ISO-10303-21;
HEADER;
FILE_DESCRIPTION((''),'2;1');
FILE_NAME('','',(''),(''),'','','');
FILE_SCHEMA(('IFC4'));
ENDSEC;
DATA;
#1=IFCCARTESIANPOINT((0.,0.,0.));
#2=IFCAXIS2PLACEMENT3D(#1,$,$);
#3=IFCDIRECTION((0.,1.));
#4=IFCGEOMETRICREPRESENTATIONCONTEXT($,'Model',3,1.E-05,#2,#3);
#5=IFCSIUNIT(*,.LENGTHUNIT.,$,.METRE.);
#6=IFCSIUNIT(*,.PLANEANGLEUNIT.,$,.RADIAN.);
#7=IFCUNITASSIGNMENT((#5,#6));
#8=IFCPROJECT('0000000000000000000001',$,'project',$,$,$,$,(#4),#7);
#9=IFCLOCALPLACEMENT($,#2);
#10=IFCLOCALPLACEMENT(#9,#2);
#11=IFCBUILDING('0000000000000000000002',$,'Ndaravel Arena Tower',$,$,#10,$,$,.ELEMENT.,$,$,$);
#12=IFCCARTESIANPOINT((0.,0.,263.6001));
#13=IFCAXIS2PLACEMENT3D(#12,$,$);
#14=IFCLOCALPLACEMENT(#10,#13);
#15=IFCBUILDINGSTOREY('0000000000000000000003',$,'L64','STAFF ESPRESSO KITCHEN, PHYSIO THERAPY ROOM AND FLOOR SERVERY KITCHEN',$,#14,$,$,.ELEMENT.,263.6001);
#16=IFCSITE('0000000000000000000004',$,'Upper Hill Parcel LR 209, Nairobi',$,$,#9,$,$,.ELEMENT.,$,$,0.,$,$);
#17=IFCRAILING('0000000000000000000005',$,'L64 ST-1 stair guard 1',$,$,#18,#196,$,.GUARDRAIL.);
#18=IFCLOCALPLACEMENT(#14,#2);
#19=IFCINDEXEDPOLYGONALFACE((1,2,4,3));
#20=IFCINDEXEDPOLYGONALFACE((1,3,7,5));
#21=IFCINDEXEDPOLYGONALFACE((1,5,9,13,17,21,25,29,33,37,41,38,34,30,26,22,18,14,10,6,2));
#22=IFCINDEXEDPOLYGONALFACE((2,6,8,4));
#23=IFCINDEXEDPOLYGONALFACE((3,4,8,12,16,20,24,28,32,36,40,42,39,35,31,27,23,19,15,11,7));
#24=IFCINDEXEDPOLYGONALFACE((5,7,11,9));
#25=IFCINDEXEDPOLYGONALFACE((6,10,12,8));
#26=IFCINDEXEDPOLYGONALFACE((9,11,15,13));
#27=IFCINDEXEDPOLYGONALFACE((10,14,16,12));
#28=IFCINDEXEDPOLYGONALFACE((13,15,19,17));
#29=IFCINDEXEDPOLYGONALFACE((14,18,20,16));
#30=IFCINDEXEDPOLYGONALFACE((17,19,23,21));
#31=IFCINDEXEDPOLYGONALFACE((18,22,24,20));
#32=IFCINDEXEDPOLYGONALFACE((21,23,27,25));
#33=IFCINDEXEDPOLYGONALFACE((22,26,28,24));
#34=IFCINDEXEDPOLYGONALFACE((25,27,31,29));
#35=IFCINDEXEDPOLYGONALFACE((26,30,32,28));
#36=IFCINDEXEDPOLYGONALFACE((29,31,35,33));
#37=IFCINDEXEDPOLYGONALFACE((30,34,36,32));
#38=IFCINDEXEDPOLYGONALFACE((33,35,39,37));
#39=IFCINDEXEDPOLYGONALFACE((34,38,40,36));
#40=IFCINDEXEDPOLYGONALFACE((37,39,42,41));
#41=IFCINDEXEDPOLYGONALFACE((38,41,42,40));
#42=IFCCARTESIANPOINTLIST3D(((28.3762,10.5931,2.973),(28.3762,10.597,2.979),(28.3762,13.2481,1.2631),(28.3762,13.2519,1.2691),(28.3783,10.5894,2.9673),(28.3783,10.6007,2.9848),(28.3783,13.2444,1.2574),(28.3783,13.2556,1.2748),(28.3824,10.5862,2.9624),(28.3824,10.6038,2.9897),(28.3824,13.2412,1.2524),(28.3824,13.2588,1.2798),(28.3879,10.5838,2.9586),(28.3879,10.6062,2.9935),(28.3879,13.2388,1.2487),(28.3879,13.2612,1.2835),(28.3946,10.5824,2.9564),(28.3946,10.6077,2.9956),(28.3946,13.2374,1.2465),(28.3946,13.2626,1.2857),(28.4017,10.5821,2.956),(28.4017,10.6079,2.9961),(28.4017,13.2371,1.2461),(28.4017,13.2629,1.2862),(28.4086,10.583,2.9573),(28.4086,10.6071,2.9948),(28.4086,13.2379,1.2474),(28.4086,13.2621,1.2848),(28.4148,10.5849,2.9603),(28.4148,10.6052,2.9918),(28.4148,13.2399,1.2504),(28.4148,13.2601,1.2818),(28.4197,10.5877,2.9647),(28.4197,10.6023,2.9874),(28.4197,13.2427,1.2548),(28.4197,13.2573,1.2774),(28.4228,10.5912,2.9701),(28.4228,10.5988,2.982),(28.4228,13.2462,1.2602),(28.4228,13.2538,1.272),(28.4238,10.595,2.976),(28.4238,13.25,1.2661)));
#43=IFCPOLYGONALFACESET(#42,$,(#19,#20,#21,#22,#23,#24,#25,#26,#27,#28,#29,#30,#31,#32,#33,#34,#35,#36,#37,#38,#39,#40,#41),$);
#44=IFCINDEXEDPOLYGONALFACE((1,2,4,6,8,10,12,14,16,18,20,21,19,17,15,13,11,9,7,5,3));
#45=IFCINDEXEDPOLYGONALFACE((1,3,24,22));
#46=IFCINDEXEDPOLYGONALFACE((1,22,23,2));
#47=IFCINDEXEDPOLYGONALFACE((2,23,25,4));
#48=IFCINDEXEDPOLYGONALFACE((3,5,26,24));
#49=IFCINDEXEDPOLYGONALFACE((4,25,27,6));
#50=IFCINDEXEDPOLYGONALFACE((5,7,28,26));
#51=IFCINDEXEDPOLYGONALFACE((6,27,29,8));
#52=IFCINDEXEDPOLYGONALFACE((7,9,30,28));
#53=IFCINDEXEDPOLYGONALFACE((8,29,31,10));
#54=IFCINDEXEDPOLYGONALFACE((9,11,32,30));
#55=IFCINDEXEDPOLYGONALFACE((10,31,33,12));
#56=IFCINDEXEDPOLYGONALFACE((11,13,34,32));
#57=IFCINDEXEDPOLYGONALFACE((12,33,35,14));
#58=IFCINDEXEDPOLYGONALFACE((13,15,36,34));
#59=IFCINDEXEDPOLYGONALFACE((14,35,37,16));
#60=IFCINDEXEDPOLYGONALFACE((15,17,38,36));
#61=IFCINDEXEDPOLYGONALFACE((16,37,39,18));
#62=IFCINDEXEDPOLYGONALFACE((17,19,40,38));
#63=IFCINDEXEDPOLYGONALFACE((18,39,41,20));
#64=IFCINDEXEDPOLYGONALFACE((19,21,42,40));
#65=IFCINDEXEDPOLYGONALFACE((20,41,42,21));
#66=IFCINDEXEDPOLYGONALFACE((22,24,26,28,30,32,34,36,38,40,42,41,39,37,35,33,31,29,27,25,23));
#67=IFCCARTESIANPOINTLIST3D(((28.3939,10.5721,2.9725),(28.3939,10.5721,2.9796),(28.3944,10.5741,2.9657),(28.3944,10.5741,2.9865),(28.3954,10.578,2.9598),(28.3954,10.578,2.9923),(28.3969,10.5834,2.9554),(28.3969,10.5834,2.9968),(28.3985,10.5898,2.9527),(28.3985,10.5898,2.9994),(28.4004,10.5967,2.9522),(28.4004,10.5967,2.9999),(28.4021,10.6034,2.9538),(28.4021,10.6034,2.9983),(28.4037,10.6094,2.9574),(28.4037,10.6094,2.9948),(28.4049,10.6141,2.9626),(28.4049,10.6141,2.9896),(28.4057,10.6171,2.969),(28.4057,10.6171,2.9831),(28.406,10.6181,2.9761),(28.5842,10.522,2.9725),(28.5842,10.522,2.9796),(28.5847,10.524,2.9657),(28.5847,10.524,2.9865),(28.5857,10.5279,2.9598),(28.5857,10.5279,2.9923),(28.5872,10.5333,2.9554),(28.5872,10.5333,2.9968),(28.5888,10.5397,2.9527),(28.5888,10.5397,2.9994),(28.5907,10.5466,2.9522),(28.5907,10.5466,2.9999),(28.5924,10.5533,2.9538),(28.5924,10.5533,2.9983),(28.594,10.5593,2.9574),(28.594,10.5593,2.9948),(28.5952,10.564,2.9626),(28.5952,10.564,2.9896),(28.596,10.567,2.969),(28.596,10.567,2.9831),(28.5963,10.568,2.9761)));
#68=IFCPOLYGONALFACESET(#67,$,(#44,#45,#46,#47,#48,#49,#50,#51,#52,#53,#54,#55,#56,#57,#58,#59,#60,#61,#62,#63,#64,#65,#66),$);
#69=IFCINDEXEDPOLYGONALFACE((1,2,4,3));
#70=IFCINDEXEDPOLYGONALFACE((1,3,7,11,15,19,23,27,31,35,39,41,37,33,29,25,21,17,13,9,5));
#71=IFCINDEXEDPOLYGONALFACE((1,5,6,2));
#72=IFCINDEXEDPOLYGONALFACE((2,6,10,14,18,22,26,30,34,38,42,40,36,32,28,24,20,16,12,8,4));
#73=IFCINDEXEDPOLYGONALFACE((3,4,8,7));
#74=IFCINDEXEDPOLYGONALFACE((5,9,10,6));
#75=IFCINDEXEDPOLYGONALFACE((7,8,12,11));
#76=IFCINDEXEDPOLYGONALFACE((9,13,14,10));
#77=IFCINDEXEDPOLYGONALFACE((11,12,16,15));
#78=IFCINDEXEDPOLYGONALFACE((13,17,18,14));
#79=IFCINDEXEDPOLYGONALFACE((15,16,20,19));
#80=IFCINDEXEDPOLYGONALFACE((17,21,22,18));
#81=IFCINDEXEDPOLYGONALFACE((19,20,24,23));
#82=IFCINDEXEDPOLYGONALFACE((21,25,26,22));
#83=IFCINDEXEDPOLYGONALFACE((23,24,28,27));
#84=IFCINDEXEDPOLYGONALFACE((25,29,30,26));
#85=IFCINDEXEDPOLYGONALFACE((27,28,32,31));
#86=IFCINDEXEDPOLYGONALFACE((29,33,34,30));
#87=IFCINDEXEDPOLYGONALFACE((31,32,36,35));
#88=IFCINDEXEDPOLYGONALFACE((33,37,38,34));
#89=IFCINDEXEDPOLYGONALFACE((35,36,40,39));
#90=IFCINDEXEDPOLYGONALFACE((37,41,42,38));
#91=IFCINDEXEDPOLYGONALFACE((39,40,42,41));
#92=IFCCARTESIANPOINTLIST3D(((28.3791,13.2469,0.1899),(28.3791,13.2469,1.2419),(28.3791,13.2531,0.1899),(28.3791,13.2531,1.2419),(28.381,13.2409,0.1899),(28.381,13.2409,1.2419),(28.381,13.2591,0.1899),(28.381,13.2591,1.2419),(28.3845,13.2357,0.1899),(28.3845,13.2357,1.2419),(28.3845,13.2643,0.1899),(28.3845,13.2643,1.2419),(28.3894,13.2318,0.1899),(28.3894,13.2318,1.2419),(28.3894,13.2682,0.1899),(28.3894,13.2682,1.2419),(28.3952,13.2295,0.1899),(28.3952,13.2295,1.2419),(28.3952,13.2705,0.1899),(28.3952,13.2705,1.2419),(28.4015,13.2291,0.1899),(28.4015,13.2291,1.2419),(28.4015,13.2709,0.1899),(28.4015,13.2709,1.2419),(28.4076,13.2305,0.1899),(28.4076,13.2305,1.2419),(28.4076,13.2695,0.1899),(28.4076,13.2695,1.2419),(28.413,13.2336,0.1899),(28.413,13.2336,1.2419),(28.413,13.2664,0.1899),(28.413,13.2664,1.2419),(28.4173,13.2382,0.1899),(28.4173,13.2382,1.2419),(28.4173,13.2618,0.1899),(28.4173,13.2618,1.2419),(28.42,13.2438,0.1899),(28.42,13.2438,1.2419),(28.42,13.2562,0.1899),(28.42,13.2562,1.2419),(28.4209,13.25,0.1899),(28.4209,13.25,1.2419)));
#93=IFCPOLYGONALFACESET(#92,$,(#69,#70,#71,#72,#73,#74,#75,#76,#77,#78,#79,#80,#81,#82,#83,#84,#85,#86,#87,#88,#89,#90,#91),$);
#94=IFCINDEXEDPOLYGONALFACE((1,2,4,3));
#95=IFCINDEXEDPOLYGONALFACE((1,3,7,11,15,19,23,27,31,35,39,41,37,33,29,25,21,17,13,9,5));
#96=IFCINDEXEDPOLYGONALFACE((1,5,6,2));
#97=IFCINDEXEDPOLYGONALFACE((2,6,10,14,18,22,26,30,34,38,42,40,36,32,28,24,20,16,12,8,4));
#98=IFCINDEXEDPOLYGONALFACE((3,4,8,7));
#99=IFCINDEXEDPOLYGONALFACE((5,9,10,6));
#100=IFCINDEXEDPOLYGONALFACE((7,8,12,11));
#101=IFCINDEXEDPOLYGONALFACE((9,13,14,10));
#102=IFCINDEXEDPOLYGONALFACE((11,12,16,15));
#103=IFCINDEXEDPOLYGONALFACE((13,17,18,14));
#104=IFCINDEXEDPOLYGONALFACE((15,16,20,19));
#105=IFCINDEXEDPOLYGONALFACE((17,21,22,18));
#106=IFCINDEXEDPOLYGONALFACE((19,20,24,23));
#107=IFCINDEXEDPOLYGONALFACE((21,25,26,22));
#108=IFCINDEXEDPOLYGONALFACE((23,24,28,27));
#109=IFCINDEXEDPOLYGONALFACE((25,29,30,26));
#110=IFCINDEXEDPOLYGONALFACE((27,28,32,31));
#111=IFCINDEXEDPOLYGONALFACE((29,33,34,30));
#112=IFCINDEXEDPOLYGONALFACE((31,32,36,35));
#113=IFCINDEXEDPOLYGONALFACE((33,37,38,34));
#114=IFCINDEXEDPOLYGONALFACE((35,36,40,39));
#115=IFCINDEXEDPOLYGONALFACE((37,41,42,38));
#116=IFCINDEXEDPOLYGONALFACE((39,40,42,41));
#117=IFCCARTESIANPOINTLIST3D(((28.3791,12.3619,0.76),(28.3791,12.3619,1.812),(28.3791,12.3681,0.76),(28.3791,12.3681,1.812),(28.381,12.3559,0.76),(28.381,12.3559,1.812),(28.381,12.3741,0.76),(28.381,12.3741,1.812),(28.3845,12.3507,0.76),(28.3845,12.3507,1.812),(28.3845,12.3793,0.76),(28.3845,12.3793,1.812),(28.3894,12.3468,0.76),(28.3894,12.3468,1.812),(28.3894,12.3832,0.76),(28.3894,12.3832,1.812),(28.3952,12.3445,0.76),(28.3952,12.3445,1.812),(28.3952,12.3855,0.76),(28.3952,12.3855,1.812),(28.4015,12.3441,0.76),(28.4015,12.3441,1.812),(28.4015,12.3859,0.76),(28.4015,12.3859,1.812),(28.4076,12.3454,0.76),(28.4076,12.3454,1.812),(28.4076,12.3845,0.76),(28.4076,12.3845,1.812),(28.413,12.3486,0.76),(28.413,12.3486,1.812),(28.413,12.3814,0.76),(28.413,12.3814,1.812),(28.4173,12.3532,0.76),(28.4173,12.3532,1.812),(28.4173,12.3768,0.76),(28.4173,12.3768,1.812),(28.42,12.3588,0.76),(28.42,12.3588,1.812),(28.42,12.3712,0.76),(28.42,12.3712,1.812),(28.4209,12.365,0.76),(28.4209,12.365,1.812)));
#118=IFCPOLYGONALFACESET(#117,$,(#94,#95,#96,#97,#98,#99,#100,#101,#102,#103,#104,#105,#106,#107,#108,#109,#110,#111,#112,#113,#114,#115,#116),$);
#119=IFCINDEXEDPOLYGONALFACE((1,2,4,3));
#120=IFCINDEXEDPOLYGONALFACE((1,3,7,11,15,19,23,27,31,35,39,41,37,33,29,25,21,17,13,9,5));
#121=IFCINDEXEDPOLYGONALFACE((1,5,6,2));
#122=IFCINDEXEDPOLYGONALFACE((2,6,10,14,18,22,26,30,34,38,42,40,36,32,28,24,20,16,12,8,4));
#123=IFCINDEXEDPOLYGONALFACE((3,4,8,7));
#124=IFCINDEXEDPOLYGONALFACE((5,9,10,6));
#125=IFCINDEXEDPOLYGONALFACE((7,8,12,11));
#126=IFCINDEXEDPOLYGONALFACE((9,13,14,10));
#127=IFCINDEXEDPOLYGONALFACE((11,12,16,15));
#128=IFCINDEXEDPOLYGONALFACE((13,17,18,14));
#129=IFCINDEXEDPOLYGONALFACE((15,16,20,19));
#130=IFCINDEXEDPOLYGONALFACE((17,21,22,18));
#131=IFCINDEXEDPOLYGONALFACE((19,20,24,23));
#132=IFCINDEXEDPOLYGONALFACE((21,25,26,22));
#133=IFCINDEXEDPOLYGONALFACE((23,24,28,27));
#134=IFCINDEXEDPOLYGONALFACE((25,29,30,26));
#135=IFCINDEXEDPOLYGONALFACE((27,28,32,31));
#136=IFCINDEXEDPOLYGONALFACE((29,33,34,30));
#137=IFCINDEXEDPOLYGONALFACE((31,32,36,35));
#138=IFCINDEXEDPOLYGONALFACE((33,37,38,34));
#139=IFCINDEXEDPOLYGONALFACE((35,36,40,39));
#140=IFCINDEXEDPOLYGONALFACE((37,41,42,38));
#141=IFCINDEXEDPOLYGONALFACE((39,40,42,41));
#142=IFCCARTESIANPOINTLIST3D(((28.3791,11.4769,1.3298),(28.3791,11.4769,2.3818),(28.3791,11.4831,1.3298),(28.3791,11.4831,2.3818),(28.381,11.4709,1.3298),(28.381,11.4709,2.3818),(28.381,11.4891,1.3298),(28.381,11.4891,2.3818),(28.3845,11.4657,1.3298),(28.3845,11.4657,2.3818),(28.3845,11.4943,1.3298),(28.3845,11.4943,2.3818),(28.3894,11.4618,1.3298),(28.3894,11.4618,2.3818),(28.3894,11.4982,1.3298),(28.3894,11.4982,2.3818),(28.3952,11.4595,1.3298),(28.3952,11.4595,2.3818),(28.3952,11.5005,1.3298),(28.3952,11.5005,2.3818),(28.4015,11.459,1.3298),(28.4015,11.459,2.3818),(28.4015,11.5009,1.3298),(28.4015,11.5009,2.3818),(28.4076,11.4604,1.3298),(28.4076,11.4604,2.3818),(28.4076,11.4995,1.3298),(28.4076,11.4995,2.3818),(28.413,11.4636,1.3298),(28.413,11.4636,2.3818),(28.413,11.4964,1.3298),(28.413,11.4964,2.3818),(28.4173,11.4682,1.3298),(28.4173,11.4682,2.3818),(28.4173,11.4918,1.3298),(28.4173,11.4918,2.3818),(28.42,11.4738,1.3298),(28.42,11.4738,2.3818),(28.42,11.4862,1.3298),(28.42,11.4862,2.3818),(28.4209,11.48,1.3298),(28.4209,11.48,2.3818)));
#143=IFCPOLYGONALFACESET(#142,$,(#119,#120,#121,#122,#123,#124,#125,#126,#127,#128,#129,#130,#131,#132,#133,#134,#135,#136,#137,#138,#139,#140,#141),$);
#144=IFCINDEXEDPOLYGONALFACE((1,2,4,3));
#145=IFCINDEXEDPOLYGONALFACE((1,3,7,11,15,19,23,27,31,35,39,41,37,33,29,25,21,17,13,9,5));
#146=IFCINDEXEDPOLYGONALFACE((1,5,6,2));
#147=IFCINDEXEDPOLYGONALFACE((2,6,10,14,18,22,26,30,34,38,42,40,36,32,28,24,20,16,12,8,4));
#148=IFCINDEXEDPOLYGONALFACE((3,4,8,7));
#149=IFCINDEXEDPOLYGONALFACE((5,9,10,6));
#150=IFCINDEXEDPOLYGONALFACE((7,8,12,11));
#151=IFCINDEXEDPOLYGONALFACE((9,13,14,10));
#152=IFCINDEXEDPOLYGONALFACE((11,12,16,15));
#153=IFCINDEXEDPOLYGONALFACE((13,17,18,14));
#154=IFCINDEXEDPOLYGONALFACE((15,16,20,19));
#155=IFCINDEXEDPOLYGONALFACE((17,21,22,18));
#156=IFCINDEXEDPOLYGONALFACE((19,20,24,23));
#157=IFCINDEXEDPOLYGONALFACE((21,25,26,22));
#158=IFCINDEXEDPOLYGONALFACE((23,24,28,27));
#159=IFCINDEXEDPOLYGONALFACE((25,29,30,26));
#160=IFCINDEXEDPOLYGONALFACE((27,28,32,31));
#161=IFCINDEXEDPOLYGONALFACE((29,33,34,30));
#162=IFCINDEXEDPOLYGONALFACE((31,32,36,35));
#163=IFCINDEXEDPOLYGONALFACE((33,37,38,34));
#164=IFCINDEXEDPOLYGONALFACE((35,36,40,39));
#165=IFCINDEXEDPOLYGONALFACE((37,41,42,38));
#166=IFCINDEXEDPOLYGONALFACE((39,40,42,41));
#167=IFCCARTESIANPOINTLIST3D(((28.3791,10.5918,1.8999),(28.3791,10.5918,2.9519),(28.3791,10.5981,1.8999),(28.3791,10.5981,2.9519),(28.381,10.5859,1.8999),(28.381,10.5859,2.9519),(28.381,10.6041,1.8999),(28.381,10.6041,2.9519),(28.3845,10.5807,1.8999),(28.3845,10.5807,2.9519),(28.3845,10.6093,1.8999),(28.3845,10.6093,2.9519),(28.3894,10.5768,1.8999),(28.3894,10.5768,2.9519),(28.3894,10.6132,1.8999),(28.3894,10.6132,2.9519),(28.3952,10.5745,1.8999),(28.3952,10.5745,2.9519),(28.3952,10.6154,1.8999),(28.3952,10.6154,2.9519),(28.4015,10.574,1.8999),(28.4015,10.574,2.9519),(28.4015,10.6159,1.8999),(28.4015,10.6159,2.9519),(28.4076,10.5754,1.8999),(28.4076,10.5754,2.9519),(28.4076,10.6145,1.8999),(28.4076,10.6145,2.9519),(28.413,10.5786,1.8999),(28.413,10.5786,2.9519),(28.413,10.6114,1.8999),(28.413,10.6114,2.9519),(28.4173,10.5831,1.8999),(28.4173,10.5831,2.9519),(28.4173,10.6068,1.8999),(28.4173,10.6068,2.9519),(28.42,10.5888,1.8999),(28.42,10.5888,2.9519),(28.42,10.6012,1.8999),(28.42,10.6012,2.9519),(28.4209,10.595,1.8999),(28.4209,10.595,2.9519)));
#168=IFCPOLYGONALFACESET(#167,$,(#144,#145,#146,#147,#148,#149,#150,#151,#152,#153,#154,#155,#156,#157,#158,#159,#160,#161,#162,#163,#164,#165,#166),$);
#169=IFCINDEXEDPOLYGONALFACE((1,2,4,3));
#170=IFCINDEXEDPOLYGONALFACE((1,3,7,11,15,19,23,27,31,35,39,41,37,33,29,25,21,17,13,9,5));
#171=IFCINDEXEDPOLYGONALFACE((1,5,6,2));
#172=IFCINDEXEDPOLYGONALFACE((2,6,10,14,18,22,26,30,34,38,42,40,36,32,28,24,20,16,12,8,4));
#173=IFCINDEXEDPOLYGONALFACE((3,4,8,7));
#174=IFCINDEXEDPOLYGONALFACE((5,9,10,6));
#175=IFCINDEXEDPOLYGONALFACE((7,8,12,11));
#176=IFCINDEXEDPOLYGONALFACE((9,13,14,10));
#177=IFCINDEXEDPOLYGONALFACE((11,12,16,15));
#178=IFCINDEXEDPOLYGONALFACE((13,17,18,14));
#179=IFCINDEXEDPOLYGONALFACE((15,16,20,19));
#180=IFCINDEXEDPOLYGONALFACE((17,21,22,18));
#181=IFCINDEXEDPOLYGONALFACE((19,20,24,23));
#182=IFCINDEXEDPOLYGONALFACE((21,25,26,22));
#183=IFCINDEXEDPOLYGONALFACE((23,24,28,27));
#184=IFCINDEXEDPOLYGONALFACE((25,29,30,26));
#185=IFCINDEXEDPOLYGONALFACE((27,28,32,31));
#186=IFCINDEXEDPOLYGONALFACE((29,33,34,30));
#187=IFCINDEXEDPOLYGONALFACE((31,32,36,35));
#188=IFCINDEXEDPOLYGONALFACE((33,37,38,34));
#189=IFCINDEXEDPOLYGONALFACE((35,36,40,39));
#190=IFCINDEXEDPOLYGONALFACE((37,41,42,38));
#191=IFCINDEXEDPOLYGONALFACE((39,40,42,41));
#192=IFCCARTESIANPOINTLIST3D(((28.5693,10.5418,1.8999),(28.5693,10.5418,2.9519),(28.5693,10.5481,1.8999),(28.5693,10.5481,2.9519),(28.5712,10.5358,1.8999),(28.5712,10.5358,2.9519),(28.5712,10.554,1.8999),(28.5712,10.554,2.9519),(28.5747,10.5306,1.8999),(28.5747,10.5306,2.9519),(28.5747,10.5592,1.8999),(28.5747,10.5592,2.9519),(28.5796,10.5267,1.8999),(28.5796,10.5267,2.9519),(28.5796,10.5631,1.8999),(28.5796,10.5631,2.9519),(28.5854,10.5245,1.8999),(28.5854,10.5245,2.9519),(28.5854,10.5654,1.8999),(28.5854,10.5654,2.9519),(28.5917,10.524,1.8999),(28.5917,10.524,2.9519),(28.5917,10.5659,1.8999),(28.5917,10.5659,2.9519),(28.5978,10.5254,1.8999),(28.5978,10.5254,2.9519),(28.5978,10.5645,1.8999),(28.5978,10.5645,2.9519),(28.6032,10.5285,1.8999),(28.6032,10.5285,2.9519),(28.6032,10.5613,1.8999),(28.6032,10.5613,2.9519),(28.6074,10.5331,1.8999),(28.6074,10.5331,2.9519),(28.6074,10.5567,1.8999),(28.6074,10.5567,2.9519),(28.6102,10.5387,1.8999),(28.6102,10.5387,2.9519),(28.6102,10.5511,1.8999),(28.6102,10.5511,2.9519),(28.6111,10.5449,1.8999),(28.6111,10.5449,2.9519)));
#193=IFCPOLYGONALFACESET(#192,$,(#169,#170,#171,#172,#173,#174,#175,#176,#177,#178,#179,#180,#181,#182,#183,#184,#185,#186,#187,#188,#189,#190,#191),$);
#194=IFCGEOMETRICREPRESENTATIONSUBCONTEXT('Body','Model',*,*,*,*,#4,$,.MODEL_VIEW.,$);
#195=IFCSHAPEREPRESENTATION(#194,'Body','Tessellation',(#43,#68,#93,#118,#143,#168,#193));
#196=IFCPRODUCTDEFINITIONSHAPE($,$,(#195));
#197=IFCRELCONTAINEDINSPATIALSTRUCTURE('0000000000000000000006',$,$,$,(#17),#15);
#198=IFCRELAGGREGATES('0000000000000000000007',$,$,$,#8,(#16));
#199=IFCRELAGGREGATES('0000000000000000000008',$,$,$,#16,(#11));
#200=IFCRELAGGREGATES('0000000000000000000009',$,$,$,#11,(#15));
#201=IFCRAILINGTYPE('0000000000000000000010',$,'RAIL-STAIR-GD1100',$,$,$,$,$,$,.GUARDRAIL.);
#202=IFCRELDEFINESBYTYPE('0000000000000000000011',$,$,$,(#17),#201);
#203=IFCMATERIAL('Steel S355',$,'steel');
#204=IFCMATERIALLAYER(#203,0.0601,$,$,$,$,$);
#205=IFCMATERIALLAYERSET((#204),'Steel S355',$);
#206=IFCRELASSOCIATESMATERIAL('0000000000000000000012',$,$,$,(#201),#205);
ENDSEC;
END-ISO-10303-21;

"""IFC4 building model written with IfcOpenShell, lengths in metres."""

from ifc_helpers import new_model, si_unit, direction, frame, origin, origin_2d, place, context, subcontext, project, spatial, circle, extrude, material, layer, layer_set, type_object, element, save


model = new_model("IFC4")

# Units and contexts
model_context = context("Model", 3, precision=1e-05, world=origin(), true_north=direction((0.0, 1.0)))
body_context = subcontext(model_context, "Body", "Model", "MODEL_VIEW")
ifc_project = project(units=[si_unit("LENGTHUNIT", "METRE"), si_unit("PLANEANGLEUNIT", "RADIAN")], contexts=[model_context])

# Site, building, storey
site_placement = place(None, origin())
site = spatial("IfcSite", under=ifc_project, at=site_placement, Name="Upper Hill Parcel LR 209, Nairobi", CompositionType="ELEMENT", RefElevation=0.0)
building_placement = place(site_placement, origin())
building = spatial("IfcBuilding", under=site, at=building_placement, Name="Ndaravel Arena Tower", CompositionType="ELEMENT")
storey_placement = place(building_placement, frame((0.0, 0.0, 263.6001)))
storey = spatial("IfcBuildingStorey", under=building, at=storey_placement, Name="L64", Description="STAFF ESPRESSO KITCHEN, PHYSIO THERAPY ROOM AND FLOOR SERVERY KITCHEN", CompositionType="ELEMENT", Elevation=263.6001)

# Railing
ifc_material_1 = material(Name="Steel S355", Category="steel")
ifc_layer_1 = layer(ifc_material_1, 0.0601)
ifc_layer_set_1 = layer_set([ifc_layer_1], Name="Steel S355")
railing_type_1 = type_object("IfcRailingType", Name="RAIL-STAIR-GD1100", PredefinedType="GUARDRAIL", material=ifc_layer_set_1)
railing_1_placement = place(storey_placement, frame((28.3999, 13.25, 0.1899)))
element("IfcRailing", 1, at=railing_1_placement, inside=storey, type_object=railing_type_1, Name="L64 ST-1 stair guard 1", PredefinedType="GUARDRAIL", context=body_context, shape_type="SweptSolid", body=[
    extrude(circle(Radius=0.0239, at=origin_2d()), frame((0.0, 0.0, 1.0762), z_axis=(0.0, -0.840724, 0.541465), x_axis=(1.0, 0.0, 0.0)), (0.0, 0.0, 1.0), 3.158),
    extrude(circle(Radius=0.0239, at=origin_2d()), frame((0.0, -2.655, 2.7861), z_axis=(0.967075, -0.254493, 0.0), x_axis=(0.254493, 0.967075, 0.0)), (0.0, 0.0, 1.0), 0.1968),
    extrude(circle(Radius=0.021, at=origin_2d()), origin(), (0.0, 0.0, 1.0), 1.052),
    extrude(circle(Radius=0.021, at=origin_2d()), frame((0.0, -0.885, 0.5701)), (0.0, 0.0, 1.0), 1.052),
    extrude(circle(Radius=0.021, at=origin_2d()), frame((0.0, -1.77, 1.1399)), (0.0, 0.0, 1.0), 1.052),
    extrude(circle(Radius=0.021, at=origin_2d()), frame((0.0, -2.655, 1.71)), (0.0, 0.0, 1.0), 1.052),
    extrude(circle(Radius=0.021, at=origin_2d()), frame((0.1902, -2.7051, 1.71)), (0.0, 0.0, 1.0), 1.052),
])

save(model, "model.ifc")
